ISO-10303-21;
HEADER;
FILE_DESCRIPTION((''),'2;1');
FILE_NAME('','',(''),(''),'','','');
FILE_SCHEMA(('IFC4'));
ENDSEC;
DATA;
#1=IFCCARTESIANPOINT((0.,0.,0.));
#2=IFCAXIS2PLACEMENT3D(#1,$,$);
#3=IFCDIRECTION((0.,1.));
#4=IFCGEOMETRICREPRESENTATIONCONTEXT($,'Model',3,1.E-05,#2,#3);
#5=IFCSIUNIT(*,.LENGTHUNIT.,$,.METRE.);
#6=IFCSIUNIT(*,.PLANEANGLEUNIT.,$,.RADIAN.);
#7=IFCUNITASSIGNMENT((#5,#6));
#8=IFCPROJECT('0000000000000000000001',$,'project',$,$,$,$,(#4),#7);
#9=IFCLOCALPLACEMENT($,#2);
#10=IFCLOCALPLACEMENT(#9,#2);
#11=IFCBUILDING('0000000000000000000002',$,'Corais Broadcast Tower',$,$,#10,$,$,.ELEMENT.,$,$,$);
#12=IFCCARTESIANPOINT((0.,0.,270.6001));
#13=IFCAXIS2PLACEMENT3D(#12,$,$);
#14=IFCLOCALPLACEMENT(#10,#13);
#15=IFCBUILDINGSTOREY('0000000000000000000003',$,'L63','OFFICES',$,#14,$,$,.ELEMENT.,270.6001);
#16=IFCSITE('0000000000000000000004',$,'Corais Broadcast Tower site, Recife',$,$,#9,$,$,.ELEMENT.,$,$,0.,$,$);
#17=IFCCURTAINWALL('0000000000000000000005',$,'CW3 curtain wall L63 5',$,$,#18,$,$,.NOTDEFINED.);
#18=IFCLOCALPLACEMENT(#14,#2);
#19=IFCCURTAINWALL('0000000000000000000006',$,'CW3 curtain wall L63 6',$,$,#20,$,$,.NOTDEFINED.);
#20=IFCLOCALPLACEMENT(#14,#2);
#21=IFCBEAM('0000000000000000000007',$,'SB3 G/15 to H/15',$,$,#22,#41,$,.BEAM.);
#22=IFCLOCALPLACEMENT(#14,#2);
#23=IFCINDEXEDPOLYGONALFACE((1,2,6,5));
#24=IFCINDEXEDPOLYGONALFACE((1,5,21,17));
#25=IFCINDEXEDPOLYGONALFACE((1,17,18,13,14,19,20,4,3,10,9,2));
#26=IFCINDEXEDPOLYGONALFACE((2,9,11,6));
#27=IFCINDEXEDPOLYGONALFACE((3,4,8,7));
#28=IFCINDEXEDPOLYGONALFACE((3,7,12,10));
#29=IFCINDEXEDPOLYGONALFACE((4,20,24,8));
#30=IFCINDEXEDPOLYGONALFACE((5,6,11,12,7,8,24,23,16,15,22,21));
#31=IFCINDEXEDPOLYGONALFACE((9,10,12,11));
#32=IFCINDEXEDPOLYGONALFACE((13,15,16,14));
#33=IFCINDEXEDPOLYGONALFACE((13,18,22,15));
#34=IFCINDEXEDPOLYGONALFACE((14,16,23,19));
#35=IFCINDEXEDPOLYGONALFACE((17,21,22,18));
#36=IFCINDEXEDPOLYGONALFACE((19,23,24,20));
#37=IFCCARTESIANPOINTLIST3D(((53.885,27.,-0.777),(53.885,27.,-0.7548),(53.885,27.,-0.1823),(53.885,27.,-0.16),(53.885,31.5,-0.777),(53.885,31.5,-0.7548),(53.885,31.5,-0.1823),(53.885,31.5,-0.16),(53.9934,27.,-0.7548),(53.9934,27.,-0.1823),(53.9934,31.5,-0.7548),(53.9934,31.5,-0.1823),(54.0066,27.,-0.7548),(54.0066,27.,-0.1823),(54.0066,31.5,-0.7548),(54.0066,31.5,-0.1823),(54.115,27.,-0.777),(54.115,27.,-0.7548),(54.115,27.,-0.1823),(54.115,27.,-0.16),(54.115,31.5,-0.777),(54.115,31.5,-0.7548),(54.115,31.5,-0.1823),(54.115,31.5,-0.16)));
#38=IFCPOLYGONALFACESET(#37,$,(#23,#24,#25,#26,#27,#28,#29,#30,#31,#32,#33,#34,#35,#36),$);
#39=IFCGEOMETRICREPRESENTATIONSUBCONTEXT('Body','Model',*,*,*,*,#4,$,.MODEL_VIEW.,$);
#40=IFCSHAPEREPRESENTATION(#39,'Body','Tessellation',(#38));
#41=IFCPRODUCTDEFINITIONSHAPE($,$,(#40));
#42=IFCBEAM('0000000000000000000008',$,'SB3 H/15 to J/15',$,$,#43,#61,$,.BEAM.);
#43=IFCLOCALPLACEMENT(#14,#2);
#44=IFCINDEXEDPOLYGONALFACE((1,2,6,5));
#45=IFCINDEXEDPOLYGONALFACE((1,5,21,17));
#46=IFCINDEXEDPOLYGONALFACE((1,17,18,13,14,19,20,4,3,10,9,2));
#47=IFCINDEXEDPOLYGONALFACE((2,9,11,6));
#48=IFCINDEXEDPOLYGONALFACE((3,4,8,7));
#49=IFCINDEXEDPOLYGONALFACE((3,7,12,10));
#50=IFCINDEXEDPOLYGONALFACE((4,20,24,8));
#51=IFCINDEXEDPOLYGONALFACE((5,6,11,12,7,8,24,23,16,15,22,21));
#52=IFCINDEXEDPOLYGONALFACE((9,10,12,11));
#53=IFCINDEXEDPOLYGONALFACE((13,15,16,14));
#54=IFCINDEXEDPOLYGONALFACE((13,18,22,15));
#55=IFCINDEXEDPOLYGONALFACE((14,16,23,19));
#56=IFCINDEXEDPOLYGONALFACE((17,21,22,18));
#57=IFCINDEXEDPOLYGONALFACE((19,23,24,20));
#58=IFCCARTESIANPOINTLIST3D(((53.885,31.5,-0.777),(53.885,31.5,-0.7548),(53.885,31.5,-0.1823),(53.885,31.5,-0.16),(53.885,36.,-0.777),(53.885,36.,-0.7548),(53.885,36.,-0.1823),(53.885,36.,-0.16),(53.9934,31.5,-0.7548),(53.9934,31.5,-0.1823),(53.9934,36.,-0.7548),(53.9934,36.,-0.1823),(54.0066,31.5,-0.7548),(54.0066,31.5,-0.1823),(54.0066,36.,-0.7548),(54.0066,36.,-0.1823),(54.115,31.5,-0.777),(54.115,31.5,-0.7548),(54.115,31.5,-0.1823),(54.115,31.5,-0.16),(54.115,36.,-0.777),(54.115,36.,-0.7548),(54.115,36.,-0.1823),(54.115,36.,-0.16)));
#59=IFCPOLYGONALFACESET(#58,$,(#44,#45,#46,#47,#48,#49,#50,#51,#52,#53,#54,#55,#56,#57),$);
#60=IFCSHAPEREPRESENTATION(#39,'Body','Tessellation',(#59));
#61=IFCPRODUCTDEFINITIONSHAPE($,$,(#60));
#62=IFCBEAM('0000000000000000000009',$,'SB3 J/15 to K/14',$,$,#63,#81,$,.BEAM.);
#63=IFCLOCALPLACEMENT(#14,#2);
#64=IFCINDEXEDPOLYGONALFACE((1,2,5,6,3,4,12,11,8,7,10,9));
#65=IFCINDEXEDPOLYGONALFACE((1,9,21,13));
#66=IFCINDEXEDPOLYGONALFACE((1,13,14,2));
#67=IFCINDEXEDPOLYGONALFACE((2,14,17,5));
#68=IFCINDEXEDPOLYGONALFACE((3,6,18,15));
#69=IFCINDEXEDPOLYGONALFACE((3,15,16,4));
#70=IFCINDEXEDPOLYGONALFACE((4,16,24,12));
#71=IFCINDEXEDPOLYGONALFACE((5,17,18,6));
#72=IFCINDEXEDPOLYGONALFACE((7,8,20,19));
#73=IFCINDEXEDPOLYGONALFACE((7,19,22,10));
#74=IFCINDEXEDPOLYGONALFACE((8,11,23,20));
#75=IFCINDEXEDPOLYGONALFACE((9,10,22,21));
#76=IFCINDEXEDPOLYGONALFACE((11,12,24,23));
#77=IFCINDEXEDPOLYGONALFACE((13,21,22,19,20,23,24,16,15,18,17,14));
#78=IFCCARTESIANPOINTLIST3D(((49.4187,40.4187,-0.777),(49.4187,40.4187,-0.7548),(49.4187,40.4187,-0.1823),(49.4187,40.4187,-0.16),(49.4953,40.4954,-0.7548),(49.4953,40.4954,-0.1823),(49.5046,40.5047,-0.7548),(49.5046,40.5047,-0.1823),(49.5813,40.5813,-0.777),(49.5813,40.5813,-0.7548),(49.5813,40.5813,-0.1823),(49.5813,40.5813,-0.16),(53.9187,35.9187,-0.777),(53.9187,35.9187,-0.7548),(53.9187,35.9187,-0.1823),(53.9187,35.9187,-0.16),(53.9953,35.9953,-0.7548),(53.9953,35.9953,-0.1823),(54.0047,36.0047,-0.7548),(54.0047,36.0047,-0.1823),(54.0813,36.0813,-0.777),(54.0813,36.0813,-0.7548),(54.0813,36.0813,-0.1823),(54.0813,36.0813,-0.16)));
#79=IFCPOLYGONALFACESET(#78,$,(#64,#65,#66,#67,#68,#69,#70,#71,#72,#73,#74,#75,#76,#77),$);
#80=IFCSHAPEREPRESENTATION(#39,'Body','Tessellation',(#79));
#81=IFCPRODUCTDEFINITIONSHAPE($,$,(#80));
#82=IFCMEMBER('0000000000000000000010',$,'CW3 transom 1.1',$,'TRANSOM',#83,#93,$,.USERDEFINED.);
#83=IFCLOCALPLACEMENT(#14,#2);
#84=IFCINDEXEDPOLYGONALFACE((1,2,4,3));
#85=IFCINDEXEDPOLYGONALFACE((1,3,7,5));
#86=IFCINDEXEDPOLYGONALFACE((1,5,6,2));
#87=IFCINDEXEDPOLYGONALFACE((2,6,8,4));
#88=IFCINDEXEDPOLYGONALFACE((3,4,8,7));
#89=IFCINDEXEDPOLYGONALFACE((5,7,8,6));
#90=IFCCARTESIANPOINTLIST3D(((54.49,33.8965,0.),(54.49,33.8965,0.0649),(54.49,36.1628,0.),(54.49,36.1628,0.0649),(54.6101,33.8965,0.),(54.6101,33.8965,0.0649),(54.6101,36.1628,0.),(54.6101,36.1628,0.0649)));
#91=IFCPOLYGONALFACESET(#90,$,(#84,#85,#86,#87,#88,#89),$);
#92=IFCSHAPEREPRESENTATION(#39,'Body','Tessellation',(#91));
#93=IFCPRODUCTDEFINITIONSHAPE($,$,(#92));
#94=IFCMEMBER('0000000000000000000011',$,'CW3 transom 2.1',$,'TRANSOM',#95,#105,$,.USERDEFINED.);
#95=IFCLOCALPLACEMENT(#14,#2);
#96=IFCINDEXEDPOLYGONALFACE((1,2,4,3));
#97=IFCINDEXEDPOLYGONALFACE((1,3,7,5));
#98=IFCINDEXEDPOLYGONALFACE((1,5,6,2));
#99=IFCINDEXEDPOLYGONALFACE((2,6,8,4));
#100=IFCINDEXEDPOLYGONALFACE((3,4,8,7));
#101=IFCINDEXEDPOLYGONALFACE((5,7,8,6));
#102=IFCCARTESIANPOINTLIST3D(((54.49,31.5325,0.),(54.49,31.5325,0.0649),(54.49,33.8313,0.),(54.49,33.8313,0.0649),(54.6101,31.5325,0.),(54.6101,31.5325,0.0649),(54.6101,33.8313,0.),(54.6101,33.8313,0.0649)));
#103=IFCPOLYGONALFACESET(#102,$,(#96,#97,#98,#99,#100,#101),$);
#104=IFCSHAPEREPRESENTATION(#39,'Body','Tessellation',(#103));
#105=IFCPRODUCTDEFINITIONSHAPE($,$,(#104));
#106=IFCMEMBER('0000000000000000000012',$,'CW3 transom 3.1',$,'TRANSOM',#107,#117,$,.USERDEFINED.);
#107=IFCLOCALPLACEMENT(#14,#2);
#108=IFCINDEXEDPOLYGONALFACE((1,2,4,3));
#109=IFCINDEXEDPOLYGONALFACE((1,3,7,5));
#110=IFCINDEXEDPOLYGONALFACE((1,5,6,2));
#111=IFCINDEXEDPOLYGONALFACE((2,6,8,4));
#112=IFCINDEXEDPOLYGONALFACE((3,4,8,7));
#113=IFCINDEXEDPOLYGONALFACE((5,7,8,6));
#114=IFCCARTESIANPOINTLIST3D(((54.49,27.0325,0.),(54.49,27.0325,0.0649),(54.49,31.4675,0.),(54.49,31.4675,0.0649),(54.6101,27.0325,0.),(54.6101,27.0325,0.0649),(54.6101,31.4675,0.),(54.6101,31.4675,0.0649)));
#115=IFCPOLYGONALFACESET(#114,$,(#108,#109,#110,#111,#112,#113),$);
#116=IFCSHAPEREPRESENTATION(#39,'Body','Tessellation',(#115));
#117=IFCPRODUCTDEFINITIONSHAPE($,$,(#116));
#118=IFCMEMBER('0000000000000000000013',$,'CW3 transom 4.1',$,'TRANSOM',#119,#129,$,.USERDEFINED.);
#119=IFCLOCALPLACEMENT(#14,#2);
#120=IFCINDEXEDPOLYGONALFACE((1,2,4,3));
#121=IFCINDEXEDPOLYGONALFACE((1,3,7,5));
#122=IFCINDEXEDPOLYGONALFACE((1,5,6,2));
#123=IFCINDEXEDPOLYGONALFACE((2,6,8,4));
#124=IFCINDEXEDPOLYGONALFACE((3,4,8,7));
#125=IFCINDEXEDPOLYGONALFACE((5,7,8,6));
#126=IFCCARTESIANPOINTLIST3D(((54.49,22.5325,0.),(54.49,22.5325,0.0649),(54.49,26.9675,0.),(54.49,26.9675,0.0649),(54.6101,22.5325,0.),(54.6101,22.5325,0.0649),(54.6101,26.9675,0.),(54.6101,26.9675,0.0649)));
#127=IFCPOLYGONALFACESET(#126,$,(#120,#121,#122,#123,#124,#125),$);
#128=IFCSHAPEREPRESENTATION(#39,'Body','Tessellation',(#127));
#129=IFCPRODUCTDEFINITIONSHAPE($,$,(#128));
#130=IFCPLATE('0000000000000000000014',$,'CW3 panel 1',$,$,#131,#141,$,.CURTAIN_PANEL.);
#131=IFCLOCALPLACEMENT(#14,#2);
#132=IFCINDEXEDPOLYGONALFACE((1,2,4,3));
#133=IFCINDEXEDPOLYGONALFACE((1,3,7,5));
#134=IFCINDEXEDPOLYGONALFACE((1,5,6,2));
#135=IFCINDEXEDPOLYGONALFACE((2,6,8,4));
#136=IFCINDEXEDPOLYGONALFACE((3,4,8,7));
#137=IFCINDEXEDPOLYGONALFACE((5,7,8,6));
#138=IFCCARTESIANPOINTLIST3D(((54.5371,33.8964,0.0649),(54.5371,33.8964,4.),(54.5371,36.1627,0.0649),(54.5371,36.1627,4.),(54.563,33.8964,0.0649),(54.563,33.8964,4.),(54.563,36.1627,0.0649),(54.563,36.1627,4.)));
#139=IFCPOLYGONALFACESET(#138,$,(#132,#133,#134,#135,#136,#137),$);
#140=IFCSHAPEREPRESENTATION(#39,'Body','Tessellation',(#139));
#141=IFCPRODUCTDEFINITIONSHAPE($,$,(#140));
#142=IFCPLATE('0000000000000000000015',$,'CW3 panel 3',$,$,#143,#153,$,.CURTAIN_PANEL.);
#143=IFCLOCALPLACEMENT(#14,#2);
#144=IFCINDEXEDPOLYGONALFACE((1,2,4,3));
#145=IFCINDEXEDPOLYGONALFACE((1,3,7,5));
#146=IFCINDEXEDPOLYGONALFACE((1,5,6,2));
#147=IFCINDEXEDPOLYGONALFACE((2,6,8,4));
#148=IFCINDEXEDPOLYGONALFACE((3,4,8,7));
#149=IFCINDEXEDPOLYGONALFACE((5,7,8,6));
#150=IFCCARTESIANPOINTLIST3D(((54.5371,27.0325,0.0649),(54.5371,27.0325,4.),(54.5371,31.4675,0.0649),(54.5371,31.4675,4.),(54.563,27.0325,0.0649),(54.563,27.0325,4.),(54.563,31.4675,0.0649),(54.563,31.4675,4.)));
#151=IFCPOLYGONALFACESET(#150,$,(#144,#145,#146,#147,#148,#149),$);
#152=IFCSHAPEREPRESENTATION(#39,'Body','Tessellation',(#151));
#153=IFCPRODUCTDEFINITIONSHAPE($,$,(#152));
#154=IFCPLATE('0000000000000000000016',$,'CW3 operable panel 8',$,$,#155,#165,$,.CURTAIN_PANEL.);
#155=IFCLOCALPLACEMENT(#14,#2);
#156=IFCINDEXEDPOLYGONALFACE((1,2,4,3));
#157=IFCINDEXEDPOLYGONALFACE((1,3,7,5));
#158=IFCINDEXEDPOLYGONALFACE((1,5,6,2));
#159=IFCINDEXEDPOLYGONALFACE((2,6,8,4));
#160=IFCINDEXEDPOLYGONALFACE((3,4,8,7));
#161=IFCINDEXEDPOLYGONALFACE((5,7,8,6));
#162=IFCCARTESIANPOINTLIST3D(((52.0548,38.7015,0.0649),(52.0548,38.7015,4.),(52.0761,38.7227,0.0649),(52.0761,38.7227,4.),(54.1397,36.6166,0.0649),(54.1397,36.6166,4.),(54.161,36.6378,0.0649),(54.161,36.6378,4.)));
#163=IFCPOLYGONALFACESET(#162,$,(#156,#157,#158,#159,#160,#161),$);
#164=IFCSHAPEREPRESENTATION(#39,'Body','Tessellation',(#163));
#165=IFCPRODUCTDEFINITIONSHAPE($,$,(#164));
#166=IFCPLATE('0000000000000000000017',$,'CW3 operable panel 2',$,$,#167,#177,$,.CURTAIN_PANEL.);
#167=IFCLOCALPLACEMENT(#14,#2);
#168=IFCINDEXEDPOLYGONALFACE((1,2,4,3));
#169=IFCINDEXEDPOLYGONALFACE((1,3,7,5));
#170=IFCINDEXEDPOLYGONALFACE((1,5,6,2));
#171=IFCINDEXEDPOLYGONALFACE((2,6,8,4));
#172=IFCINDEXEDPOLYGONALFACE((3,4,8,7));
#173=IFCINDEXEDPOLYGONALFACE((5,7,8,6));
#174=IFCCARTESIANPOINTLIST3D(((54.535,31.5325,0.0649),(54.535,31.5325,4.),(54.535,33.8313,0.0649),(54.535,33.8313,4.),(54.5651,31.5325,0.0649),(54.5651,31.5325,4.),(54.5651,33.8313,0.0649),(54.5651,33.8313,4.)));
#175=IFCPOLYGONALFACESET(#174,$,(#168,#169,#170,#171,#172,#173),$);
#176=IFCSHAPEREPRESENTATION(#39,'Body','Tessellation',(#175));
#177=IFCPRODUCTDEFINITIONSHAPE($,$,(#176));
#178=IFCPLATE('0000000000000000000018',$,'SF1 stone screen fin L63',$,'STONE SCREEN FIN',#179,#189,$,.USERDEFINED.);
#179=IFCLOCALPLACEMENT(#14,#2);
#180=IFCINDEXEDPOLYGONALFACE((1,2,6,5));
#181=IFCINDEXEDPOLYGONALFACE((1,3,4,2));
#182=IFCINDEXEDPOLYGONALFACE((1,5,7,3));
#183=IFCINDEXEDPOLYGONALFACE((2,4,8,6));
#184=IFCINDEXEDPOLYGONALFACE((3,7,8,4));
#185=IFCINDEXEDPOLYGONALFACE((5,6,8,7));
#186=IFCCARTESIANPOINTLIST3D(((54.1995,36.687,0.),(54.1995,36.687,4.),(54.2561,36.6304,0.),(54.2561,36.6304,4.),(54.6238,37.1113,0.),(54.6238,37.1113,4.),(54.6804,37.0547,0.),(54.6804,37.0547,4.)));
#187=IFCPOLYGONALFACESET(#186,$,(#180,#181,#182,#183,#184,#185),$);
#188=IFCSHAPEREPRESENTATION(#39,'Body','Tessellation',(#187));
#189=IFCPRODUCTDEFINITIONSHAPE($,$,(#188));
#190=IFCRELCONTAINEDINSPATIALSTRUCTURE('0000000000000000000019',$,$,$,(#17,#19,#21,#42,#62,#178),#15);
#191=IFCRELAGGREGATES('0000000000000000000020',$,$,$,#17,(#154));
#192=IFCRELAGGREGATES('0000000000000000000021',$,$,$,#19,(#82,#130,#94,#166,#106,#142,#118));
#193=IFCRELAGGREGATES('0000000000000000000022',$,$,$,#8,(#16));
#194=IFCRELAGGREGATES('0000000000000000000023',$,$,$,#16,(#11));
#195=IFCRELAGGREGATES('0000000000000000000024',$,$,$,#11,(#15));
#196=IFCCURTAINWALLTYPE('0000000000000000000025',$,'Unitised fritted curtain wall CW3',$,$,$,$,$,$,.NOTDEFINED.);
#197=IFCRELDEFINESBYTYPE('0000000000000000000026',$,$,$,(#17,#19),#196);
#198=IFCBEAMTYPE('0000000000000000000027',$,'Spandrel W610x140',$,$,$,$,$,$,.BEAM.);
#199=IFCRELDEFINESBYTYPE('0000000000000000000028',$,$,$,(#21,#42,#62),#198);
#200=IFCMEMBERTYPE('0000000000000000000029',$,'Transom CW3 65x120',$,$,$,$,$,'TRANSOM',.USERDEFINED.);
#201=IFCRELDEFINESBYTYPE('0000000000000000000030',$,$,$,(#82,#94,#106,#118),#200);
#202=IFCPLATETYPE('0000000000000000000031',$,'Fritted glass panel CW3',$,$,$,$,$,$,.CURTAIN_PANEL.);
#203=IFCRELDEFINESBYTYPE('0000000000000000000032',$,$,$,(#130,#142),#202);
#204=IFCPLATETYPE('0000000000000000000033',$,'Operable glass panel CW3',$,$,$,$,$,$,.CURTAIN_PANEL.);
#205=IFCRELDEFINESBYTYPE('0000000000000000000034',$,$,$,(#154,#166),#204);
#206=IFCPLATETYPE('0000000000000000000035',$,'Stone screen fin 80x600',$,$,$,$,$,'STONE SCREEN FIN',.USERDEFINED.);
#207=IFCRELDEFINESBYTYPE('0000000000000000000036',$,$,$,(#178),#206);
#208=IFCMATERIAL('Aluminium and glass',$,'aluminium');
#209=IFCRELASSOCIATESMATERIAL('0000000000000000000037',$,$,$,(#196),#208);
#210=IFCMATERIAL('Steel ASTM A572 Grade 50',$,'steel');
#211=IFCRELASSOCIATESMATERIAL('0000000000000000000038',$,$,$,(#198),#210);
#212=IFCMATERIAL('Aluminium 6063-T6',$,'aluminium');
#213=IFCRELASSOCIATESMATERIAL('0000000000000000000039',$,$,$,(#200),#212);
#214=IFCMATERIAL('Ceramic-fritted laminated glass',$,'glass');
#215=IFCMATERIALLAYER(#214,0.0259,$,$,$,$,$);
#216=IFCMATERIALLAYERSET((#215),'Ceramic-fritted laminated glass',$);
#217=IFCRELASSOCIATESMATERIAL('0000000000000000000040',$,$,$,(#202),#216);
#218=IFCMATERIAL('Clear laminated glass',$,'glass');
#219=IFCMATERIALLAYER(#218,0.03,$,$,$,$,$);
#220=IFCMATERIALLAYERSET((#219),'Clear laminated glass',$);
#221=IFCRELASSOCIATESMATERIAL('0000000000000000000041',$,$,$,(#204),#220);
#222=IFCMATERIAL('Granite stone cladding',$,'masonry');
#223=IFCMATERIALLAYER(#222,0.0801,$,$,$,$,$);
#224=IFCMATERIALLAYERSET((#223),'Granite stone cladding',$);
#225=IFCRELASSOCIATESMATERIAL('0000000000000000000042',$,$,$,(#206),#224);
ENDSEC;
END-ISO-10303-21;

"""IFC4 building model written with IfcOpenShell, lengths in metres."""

from ifc_helpers import new_model, si_unit, direction, frame, origin, origin_2d, place, context, subcontext, project, spatial, rectangle, i_section, extrude, material, layer, layer_set, material_profile, profile_set, type_object, element, aggregate, save


model = new_model("IFC4")

# Units and contexts
model_context = context("Model", 3, precision=1e-05, world=origin(), true_north=direction((0.0, 1.0)))
body_context = subcontext(model_context, "Body", "Model", "MODEL_VIEW")
ifc_project = project(units=[si_unit("LENGTHUNIT", "METRE"), si_unit("PLANEANGLEUNIT", "RADIAN")], contexts=[model_context])

# Site, building, storey
site_placement = place(None, origin())
site = spatial("IfcSite", under=ifc_project, at=site_placement, Name="Corais Broadcast Tower site, Recife", CompositionType="ELEMENT", RefElevation=0.0)
building_placement = place(site_placement, origin())
building = spatial("IfcBuilding", under=site, at=building_placement, Name="Corais Broadcast Tower", CompositionType="ELEMENT")
storey_placement = place(building_placement, frame((0.0, 0.0, 270.6001)))
storey = spatial("IfcBuildingStorey", under=building, at=storey_placement, Name="L63", Description="OFFICES", CompositionType="ELEMENT", Elevation=270.6001)

# Curtain wall
ifc_material_1 = material(Name="Aluminium and glass", Category="aluminium")
curtain_wall_type = type_object("IfcCurtainWallType", Name="Unitised fritted curtain wall CW3", PredefinedType="NOTDEFINED", material=ifc_material_1)
curtain_wall_1_placement = place(storey_placement, origin())
curtain_wall_1 = element("IfcCurtainWall", 1, at=curtain_wall_1_placement, inside=storey, type_object=curtain_wall_type, Name="CW3 curtain wall L63 5", PredefinedType="NOTDEFINED")

# Curtain wall
curtain_wall_2_placement = place(storey_placement, origin())
curtain_wall_2 = element("IfcCurtainWall", 2, at=curtain_wall_2_placement, inside=storey, type_object=curtain_wall_type, Name="CW3 curtain wall L63 6", PredefinedType="NOTDEFINED")

# Beams
ifc_material_2 = material(Name="Steel ASTM A572 Grade 50", Category="steel")
ifc_material_profile_1 = material_profile(ifc_material_2, i_section(OverallWidth=0.23, OverallDepth=0.6169, WebThickness=0.0132, FlangeThickness=0.0222, at=origin_2d()), Name="W610x140")
ifc_profile_set_1 = profile_set([ifc_material_profile_1], Name="Steel ASTM A572 Grade 50")
beam_type_1 = type_object("IfcBeamType", Name="Spandrel W610x140", PredefinedType="BEAM", material=ifc_profile_set_1)
for number, where, z_axis, x_axis, name in (
    (3, (54.0, 27.0, -0.4685), (0.0, 1.0, 0.0), (-1.0, 0.0, 0.0), "SB3 G/15 to H/15"),
    (4, (54.0, 31.5, -0.4685), (0.0, 1.0, 0.0), (-1.0, 0.0, 0.0), "SB3 H/15 to J/15"),
):
    element("IfcBeam", number, at=place(storey_placement, frame(where, z_axis=z_axis, x_axis=x_axis)), inside=storey, type_object=beam_type_1, Name=name, PredefinedType="BEAM", context=body_context, shape_type="SweptSolid", body=[
        extrude(i_section(OverallWidth=0.23, OverallDepth=0.6169, WebThickness=0.0132, FlangeThickness=0.0222, at=origin_2d()), origin(), (0.0, 0.0, 1.0), 4.5),
    ])
beam_placement = place(storey_placement, frame((54.0, 36.0, -0.4685), z_axis=(-0.707107, 0.707107, 0.0), x_axis=(-0.707107, -0.707107, 0.0)))
element("IfcBeam", 5, at=beam_placement, inside=storey, type_object=beam_type_1, Name="SB3 J/15 to K/14", PredefinedType="BEAM", context=body_context, shape_type="SweptSolid", body=[
    extrude(i_section(OverallWidth=0.23, OverallDepth=0.6169, WebThickness=0.0132, FlangeThickness=0.0222, at=origin_2d()), origin(), (0.0, 0.0, 1.0), 6.364),
])

# Members
ifc_material_3 = material(Name="Aluminium 6063-T6", Category="aluminium")
ifc_material_profile_2 = material_profile(ifc_material_3, rectangle(XDim=0.1201, YDim=0.0649, at=origin_2d()), Name="Transom CW3 65x120")
ifc_profile_set_2 = profile_set([ifc_material_profile_2], Name="Aluminium 6063-T6")
member_type_1 = type_object("IfcMemberType", Name="Transom CW3 65x120", ElementType="TRANSOM", PredefinedType="USERDEFINED", material=ifc_profile_set_2)
member_1_placement = place(storey_placement, frame((54.55, 36.1628, 0.0325), z_axis=(0.0, -1.0, 0.0), x_axis=(1.0, 0.0, 0.0)))
member_1 = element("IfcMember", 6, at=member_1_placement, type_object=member_type_1, Name="CW3 transom 1.1", ObjectType="TRANSOM", PredefinedType="USERDEFINED", context=body_context, shape_type="SweptSolid", body=[
    extrude(rectangle(XDim=0.1201, YDim=0.0649, at=origin_2d()), origin(), (0.0, 0.0, 1.0), 2.2664),
])
member_2_placement = place(storey_placement, frame((54.55, 33.8313, 0.0325), z_axis=(0.0, -1.0, 0.0), x_axis=(1.0, 0.0, 0.0)))
member_2 = element("IfcMember", 7, at=member_2_placement, type_object=member_type_1, Name="CW3 transom 2.1", ObjectType="TRANSOM", PredefinedType="USERDEFINED", context=body_context, shape_type="SweptSolid", body=[
    extrude(rectangle(XDim=0.1201, YDim=0.0649, at=origin_2d()), origin(), (0.0, 0.0, 1.0), 2.2988),
])
member_3_placement = place(storey_placement, frame((54.55, 31.4675, 0.0325), z_axis=(0.0, -1.0, 0.0), x_axis=(1.0, 0.0, 0.0)))
member_3 = element("IfcMember", 8, at=member_3_placement, type_object=member_type_1, Name="CW3 transom 3.1", ObjectType="TRANSOM", PredefinedType="USERDEFINED", context=body_context, shape_type="SweptSolid", body=[
    extrude(rectangle(XDim=0.1201, YDim=0.0649, at=origin_2d()), origin(), (0.0, 0.0, 1.0), 4.4351),
])
member_4_placement = place(storey_placement, frame((54.55, 26.9675, 0.0325), z_axis=(0.0, -1.0, 0.0), x_axis=(1.0, 0.0, 0.0)))
member_4 = element("IfcMember", 9, at=member_4_placement, type_object=member_type_1, Name="CW3 transom 4.1", ObjectType="TRANSOM", PredefinedType="USERDEFINED", context=body_context, shape_type="SweptSolid", body=[
    extrude(rectangle(XDim=0.1201, YDim=0.0649, at=origin_2d()), origin(), (0.0, 0.0, 1.0), 4.4351),
])

# Plates
ifc_material_4 = material(Name="Ceramic-fritted laminated glass", Category="glass")
ifc_layer_1 = layer(ifc_material_4, 0.0259)
ifc_layer_set_1 = layer_set([ifc_layer_1], Name="Ceramic-fritted laminated glass")
plate_type_1 = type_object("IfcPlateType", Name="Fritted glass panel CW3", PredefinedType="CURTAIN_PANEL", material=ifc_layer_set_1)
plate_1_placement = place(storey_placement, frame((54.55, 35.0295, 0.0649), z_axis=(0.0, 0.0, 1.0), x_axis=(0.0, -1.0, 0.0)))
plate_1 = element("IfcPlate", 10, at=plate_1_placement, type_object=plate_type_1, Name="CW3 panel 1", PredefinedType="CURTAIN_PANEL", context=body_context, shape_type="SweptSolid", body=[
    extrude(rectangle(XDim=2.2664, YDim=0.0259, at=origin_2d()), origin(), (0.0, 0.0, 1.0), 3.9351),
])
plate_2_placement = place(storey_placement, frame((54.55, 29.25, 0.0649), z_axis=(0.0, 0.0, 1.0), x_axis=(0.0, -1.0, 0.0)))
plate_2 = element("IfcPlate", 11, at=plate_2_placement, type_object=plate_type_1, Name="CW3 panel 3", PredefinedType="CURTAIN_PANEL", context=body_context, shape_type="SweptSolid", body=[
    extrude(rectangle(XDim=4.4351, YDim=0.0259, at=origin_2d()), origin(), (0.0, 0.0, 1.0), 3.9351),
])
ifc_material_5 = material(Name="Clear laminated glass", Category="glass")
ifc_layer_2 = layer(ifc_material_5, 0.03)
ifc_layer_set_2 = layer_set([ifc_layer_2], Name="Clear laminated glass")
plate_type_2 = type_object("IfcPlateType", Name="Operable glass panel CW3", PredefinedType="CURTAIN_PANEL", material=ifc_layer_set_2)
plate_3_placement = place(storey_placement, frame((53.1079, 37.6697, 0.0649), z_axis=(0.0, 0.0, 1.0), x_axis=(0.707107, -0.707107, 0.0)))
plate_3 = element("IfcPlate", 12, at=plate_3_placement, type_object=plate_type_2, Name="CW3 operable panel 8", PredefinedType="CURTAIN_PANEL", context=body_context, shape_type="SweptSolid", body=[
    extrude(rectangle(XDim=2.9485, YDim=0.03, at=origin_2d()), origin(), (0.0, 0.0, 1.0), 3.9351),
])
aggregate(curtain_wall_1, [plate_3])
plate_4_placement = place(storey_placement, frame((54.55, 32.6819, 0.0649), z_axis=(0.0, 0.0, 1.0), x_axis=(0.0, -1.0, 0.0)))
plate_4 = element("IfcPlate", 13, at=plate_4_placement, type_object=plate_type_2, Name="CW3 operable panel 2", PredefinedType="CURTAIN_PANEL", context=body_context, shape_type="SweptSolid", body=[
    extrude(rectangle(XDim=2.2988, YDim=0.03, at=origin_2d()), origin(), (0.0, 0.0, 1.0), 3.9351),
])
aggregate(curtain_wall_2, [member_1, plate_1, member_2, plate_4, member_3, plate_2, member_4])
ifc_material_6 = material(Name="Granite stone cladding", Category="masonry")
ifc_layer_3 = layer(ifc_material_6, 0.0801)
ifc_layer_set_3 = layer_set([ifc_layer_3], Name="Granite stone cladding")
plate_type_3 = type_object("IfcPlateType", Name="Stone screen fin 80x600", ElementType="STONE SCREEN FIN", PredefinedType="USERDEFINED", material=ifc_layer_set_3)
plate_5_placement = place(storey_placement, frame((54.4399, 36.8708, 0.0), z_axis=(0.0, 0.0, 1.0), x_axis=(0.707107, -0.707107, 0.0)))
element("IfcPlate", 14, at=plate_5_placement, inside=storey, type_object=plate_type_3, Name="SF1 stone screen fin L63", ObjectType="STONE SCREEN FIN", PredefinedType="USERDEFINED", context=body_context, shape_type="SweptSolid", body=[
    extrude(rectangle(XDim=0.0801, YDim=0.6001, at=origin_2d()), origin(), (0.0, 0.0, 1.0), 4.0),
])

save(model, "model.ifc")
